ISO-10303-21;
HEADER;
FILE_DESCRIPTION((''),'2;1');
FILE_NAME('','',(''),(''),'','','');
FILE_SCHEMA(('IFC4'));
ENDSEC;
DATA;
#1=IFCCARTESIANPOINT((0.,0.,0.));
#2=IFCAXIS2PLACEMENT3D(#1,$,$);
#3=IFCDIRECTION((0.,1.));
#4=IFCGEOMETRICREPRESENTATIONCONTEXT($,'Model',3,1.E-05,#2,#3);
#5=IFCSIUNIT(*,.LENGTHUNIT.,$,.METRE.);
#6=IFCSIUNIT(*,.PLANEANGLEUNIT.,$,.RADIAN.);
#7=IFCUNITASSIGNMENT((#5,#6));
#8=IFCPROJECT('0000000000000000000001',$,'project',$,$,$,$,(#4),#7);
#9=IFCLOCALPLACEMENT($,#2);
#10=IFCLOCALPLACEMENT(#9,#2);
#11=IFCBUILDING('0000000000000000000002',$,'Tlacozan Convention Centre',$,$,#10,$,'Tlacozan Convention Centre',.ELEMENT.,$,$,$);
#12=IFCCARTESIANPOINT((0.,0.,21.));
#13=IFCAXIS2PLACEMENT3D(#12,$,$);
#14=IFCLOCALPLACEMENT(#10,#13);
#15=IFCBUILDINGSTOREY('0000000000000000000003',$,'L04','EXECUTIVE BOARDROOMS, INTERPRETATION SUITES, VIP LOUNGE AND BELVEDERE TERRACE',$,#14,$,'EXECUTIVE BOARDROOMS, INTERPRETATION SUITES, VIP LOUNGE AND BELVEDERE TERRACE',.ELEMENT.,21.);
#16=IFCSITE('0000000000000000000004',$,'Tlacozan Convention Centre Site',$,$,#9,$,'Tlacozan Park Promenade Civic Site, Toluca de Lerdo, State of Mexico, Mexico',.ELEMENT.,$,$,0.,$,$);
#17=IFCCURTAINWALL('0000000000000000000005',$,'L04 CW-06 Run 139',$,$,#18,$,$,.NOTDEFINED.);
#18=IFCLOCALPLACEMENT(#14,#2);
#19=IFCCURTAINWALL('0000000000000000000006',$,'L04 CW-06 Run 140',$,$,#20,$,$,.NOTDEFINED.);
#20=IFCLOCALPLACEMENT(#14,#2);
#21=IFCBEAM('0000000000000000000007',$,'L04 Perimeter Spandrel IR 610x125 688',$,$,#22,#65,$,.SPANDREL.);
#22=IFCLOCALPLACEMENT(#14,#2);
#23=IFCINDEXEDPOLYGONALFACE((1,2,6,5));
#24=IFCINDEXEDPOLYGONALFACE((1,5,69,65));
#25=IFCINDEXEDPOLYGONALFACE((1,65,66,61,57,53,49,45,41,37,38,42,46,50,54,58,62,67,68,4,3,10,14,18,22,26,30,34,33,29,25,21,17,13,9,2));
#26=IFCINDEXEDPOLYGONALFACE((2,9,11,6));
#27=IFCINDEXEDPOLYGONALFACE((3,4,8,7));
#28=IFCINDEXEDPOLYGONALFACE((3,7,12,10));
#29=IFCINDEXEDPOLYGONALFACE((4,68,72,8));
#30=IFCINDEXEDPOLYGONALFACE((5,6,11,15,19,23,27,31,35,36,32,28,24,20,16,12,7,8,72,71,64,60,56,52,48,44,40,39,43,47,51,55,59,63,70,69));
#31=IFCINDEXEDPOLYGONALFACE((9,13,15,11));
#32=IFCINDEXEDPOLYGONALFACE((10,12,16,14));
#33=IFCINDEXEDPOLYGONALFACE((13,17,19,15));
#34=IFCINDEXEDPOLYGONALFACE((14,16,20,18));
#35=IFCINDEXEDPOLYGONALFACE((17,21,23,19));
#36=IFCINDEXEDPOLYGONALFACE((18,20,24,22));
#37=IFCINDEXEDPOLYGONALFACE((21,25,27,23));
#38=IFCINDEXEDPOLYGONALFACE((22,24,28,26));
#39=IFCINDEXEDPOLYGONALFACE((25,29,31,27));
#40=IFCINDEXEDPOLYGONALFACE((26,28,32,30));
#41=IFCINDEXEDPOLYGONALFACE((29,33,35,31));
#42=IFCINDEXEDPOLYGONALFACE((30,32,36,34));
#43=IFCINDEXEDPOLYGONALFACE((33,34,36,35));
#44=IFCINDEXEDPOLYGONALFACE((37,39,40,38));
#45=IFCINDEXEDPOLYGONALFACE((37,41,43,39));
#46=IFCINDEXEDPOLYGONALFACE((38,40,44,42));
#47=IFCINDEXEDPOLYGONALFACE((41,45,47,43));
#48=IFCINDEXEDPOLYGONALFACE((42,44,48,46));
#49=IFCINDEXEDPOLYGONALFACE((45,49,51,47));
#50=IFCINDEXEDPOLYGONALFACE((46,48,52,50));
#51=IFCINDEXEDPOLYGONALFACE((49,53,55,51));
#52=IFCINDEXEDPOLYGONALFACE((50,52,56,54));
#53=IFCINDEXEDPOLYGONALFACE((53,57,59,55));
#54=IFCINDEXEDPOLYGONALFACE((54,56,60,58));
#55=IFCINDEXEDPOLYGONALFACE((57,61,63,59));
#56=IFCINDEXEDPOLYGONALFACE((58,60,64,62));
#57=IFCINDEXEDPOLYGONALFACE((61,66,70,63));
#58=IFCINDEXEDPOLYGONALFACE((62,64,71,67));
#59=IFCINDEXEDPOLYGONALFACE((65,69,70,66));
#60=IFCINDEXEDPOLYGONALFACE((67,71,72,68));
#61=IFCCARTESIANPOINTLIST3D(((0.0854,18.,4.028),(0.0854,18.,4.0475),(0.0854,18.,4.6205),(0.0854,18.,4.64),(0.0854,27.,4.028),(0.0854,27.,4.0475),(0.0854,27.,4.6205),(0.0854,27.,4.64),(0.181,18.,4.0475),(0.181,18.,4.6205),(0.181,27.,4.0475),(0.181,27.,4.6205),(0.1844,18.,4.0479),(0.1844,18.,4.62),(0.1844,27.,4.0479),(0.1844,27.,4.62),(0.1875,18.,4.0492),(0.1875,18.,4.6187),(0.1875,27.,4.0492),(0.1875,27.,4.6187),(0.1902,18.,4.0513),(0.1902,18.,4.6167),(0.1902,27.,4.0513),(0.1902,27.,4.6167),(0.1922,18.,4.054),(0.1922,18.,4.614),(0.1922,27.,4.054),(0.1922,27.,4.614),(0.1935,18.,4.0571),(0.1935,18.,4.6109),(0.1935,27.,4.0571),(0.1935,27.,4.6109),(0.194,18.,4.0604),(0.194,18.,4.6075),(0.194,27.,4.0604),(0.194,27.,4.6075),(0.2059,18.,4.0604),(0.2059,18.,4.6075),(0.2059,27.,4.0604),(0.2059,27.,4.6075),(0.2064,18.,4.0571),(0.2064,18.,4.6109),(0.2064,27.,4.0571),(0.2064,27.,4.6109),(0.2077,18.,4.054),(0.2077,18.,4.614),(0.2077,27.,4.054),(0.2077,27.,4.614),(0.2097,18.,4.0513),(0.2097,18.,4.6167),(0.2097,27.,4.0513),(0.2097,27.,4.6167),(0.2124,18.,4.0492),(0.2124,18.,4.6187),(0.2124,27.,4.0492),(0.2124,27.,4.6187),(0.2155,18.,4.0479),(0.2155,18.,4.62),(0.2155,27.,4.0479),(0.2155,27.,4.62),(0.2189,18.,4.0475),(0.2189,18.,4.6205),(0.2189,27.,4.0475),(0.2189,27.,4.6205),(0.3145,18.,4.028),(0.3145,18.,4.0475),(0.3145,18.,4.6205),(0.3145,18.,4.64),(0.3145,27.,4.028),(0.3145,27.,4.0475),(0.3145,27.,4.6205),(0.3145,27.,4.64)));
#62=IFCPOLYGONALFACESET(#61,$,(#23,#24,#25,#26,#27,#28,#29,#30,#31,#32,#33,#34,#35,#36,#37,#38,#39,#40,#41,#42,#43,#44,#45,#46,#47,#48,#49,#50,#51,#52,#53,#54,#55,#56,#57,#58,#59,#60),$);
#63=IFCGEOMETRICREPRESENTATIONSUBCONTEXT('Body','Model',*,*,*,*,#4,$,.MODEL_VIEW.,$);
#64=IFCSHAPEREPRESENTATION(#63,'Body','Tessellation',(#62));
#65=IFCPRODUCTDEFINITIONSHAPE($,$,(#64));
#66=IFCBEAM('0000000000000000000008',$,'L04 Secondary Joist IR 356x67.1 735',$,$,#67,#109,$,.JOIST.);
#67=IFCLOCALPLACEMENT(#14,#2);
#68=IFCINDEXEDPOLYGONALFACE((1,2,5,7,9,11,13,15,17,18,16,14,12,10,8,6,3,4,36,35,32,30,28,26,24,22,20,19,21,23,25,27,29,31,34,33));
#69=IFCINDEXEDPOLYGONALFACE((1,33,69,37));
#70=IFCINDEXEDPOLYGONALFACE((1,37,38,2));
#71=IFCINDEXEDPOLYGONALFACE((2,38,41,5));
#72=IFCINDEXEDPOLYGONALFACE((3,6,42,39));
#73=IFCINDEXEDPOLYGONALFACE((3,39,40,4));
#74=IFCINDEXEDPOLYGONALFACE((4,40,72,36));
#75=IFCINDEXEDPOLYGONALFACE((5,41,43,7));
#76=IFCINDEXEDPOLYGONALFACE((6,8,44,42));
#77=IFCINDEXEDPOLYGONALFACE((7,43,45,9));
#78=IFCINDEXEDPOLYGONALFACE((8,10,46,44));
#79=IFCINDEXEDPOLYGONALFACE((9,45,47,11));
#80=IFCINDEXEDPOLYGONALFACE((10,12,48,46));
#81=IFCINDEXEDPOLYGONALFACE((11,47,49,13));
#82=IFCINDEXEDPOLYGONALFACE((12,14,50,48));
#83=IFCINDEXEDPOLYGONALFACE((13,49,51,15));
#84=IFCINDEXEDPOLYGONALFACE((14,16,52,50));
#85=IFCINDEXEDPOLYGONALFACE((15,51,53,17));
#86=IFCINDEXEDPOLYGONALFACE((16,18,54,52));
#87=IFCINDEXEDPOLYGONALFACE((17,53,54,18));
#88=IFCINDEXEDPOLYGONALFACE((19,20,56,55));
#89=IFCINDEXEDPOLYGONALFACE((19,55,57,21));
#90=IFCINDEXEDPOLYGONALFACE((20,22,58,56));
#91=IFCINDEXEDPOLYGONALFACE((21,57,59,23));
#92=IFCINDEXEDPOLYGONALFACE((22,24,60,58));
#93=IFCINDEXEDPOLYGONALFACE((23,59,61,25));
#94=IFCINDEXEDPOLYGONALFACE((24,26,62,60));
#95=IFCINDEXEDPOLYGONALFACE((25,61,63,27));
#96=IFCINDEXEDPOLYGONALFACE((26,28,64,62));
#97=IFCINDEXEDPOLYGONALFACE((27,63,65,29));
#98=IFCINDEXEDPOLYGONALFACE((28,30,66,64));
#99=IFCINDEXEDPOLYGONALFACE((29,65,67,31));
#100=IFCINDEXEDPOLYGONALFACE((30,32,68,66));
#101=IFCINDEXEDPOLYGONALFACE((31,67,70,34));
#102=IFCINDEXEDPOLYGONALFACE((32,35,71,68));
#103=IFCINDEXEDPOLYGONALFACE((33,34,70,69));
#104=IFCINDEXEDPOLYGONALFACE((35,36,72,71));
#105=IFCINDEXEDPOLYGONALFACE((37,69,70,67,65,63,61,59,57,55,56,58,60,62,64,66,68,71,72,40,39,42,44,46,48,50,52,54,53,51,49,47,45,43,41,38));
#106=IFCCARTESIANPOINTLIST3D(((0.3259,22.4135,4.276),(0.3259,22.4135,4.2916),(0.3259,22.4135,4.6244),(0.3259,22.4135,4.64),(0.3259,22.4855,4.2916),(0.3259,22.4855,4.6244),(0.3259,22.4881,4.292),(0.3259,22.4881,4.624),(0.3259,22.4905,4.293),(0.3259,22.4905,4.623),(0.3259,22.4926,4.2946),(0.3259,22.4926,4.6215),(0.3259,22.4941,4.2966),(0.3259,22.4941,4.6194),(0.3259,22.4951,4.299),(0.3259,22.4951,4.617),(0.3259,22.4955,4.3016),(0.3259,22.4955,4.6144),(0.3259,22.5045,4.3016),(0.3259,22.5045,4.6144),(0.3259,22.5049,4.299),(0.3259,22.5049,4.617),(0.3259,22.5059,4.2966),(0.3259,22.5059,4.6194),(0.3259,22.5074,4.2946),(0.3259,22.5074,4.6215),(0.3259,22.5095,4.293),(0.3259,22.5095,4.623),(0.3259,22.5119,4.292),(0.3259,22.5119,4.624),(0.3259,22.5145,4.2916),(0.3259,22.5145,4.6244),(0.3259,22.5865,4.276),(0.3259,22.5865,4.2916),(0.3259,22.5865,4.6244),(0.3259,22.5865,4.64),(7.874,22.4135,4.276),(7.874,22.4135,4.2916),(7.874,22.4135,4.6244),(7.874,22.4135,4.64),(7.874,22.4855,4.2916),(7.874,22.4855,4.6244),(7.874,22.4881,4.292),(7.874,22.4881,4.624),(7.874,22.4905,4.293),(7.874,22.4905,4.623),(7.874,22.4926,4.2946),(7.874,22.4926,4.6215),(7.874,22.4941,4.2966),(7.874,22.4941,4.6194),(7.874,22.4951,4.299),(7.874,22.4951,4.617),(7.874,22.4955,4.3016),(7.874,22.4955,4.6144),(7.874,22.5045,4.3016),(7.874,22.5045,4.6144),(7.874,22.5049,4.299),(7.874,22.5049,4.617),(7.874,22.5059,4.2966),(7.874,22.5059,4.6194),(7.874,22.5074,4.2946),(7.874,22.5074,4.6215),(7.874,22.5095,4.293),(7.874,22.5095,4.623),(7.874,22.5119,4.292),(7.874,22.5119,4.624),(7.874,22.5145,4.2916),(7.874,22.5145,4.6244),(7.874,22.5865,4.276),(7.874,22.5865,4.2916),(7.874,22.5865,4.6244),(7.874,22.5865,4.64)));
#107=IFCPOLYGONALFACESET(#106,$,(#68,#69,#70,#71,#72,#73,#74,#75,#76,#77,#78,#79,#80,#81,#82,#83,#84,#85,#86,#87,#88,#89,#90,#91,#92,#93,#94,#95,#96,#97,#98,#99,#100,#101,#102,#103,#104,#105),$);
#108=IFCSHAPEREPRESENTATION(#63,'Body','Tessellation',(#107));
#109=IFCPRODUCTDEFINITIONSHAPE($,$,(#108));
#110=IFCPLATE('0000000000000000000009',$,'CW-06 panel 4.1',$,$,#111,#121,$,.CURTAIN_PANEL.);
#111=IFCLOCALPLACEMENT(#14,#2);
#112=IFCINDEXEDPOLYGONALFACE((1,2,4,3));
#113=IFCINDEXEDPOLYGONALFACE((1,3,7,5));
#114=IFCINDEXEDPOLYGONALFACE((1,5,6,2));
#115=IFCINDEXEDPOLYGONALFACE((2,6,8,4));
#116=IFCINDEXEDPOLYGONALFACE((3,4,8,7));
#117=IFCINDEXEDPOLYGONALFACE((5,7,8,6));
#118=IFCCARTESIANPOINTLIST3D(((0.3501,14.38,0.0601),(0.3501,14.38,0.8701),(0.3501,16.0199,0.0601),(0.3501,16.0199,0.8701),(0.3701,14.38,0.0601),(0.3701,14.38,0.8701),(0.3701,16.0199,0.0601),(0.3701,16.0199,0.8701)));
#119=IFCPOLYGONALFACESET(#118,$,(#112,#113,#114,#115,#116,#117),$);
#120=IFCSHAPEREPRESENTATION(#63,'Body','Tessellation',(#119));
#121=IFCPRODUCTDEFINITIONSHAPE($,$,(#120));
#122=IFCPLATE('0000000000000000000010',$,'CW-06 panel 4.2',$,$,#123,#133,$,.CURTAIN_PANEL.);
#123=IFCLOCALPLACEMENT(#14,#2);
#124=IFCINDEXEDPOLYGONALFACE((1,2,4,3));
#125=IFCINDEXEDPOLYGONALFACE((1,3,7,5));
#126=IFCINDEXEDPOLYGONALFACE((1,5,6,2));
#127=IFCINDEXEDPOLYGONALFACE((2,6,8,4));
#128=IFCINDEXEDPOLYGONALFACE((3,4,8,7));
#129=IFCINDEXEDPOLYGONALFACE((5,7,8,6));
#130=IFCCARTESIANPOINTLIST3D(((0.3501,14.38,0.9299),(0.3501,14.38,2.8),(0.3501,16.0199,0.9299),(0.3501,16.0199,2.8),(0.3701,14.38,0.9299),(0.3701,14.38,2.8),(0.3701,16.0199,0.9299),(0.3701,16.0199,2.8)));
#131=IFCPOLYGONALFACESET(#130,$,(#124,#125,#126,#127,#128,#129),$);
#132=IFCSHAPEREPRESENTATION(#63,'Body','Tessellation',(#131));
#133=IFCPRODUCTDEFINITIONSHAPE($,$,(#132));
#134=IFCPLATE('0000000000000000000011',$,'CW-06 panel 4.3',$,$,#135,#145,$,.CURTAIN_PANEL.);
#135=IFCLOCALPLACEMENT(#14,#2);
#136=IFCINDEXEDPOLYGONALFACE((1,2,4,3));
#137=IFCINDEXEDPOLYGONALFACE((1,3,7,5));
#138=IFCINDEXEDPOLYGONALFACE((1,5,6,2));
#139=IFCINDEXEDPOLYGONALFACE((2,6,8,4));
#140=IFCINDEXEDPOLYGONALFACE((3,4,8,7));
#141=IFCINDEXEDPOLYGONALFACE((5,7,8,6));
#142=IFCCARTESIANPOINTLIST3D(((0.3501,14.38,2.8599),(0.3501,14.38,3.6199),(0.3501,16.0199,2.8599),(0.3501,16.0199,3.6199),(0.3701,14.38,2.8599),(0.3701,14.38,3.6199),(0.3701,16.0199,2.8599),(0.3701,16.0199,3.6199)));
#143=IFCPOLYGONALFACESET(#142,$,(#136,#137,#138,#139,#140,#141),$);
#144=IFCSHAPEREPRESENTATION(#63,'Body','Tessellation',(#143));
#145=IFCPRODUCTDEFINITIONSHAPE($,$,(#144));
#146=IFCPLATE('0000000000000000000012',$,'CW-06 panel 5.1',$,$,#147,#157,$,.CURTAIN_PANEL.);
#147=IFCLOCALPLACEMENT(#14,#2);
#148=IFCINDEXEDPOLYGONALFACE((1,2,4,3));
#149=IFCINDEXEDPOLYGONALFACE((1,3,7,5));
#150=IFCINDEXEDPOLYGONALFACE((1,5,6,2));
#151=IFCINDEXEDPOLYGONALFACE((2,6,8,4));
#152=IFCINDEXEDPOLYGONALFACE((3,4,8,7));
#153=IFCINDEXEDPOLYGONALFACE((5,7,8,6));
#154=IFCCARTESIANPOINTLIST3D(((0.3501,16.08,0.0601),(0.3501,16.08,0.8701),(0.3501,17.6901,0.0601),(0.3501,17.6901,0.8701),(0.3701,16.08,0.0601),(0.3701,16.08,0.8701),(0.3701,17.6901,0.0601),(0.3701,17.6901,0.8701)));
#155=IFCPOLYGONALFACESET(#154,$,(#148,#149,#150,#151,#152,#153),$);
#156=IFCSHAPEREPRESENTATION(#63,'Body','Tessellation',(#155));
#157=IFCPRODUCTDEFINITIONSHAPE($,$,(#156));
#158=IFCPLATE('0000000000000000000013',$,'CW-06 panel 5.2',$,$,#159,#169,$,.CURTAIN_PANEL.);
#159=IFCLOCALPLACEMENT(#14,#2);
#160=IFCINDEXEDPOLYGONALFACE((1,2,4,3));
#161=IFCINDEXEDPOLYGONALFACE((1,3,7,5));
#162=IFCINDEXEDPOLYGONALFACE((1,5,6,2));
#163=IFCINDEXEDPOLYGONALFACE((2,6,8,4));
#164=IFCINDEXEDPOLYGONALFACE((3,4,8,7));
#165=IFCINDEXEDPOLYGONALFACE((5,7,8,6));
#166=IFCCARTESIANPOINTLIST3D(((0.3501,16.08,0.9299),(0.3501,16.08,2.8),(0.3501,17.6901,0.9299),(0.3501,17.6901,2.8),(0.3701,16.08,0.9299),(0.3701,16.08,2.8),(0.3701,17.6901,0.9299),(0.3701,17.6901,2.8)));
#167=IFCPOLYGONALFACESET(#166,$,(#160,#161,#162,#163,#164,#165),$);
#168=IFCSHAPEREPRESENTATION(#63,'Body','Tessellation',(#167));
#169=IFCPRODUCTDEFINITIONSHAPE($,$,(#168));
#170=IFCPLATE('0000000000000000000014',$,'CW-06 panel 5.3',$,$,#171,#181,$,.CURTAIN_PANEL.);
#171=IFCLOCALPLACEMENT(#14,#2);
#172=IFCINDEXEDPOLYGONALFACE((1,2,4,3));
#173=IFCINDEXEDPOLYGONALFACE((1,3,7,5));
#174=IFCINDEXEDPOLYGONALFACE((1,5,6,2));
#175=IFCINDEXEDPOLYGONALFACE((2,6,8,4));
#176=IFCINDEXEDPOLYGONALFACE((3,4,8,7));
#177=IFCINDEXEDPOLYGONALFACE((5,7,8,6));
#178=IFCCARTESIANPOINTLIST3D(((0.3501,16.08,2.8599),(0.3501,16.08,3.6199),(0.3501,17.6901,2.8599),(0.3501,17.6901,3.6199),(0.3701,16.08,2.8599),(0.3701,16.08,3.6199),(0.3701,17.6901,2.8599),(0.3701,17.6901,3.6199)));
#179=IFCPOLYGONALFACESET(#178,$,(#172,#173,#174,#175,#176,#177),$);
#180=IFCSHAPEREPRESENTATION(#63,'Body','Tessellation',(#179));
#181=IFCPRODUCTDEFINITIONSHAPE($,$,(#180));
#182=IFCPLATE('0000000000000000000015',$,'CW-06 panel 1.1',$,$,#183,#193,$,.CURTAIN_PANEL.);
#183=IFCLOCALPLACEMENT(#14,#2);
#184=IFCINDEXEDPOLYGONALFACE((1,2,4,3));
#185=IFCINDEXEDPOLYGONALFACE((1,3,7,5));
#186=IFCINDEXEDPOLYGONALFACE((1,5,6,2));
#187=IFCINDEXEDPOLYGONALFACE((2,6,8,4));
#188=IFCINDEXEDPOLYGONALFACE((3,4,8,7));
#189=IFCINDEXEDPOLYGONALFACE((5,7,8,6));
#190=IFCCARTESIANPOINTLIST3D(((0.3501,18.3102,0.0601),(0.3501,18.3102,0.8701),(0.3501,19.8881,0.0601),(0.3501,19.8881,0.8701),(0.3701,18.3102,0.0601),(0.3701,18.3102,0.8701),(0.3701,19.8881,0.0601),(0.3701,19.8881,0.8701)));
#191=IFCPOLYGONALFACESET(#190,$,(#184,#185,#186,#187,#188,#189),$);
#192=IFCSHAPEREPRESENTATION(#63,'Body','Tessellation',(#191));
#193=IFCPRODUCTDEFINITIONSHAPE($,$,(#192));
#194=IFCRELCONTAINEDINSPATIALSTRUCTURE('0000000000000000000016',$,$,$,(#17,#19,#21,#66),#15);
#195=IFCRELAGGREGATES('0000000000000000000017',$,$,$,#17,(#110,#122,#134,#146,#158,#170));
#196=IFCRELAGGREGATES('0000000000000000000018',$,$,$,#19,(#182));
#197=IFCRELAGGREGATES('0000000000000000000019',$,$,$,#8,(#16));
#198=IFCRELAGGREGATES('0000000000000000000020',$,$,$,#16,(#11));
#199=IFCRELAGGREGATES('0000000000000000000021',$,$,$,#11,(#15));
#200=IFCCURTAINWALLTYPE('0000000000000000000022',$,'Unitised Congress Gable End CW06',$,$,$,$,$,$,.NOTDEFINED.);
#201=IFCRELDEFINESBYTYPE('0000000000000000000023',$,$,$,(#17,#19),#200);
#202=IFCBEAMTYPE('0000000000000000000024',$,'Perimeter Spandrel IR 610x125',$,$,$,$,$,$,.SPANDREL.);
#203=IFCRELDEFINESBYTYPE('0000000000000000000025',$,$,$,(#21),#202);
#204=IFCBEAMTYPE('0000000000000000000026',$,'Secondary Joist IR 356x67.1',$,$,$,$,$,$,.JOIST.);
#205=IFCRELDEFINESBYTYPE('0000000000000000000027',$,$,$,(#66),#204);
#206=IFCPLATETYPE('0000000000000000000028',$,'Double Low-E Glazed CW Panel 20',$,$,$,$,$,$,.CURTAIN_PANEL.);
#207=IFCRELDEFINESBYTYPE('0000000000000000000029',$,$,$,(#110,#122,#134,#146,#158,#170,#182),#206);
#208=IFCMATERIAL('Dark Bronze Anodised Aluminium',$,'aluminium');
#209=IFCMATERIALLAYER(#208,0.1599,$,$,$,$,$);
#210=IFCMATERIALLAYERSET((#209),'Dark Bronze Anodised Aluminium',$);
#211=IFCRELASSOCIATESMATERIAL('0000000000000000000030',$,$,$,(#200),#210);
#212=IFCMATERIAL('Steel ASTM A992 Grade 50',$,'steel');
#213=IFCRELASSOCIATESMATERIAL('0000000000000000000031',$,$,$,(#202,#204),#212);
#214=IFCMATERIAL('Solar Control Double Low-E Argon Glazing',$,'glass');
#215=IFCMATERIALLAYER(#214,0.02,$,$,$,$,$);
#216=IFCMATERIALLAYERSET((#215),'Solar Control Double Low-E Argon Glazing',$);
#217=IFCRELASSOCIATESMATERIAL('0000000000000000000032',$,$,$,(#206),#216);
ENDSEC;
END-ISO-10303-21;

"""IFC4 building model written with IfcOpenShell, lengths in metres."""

from ifc_helpers import new_model, si_unit, direction, frame, origin, origin_2d, place, context, subcontext, project, spatial, rectangle, i_section, extrude, material, layer, layer_set, material_profile, profile_set, type_object, element, aggregate, save


model = new_model("IFC4")

# Units and contexts
model_context = context("Model", 3, precision=1e-05, world=origin(), true_north=direction((0.0, 1.0)))
body_context = subcontext(model_context, "Body", "Model", "MODEL_VIEW")
ifc_project = project(units=[si_unit("LENGTHUNIT", "METRE"), si_unit("PLANEANGLEUNIT", "RADIAN")], contexts=[model_context])

# Site, building, storey
site_placement = place(None, origin())
site = spatial("IfcSite", under=ifc_project, at=site_placement, Name="Tlacozan Convention Centre Site", LongName="Tlacozan Park Promenade Civic Site, Toluca de Lerdo, State of Mexico, Mexico", CompositionType="ELEMENT", RefElevation=0.0)
building_placement = place(site_placement, origin())
building = spatial("IfcBuilding", under=site, at=building_placement, Name="Tlacozan Convention Centre", LongName="Tlacozan Convention Centre", CompositionType="ELEMENT")
storey_placement = place(building_placement, frame((0.0, 0.0, 21.0)))
storey = spatial("IfcBuildingStorey", under=building, at=storey_placement, Name="L04", Description="EXECUTIVE BOARDROOMS, INTERPRETATION SUITES, VIP LOUNGE AND BELVEDERE TERRACE", LongName="EXECUTIVE BOARDROOMS, INTERPRETATION SUITES, VIP LOUNGE AND BELVEDERE TERRACE", CompositionType="ELEMENT", Elevation=21.0)

# Curtain walls
ifc_material_1 = material(Name="Dark Bronze Anodised Aluminium", Category="aluminium")
ifc_layer_1 = layer(ifc_material_1, 0.1599)
ifc_layer_set_1 = layer_set([ifc_layer_1], Name="Dark Bronze Anodised Aluminium")
curtain_wall_type = type_object("IfcCurtainWallType", Name="Unitised Congress Gable End CW06", PredefinedType="NOTDEFINED", material=ifc_layer_set_1)
curtain_wall_1_placement = place(storey_placement, origin())
curtain_wall_1 = element("IfcCurtainWall", 1, at=curtain_wall_1_placement, inside=storey, type_object=curtain_wall_type, Name="L04 CW-06 Run 139", PredefinedType="NOTDEFINED")
curtain_wall_2_placement = place(storey_placement, origin())
curtain_wall_2 = element("IfcCurtainWall", 2, at=curtain_wall_2_placement, inside=storey, type_object=curtain_wall_type, Name="L04 CW-06 Run 140", PredefinedType="NOTDEFINED")

# Beams
ifc_material_2 = material(Name="Steel ASTM A992 Grade 50", Category="steel")
ifc_material_profile_1 = material_profile(ifc_material_2, i_section(OverallWidth=0.229, OverallDepth=0.6121, WebThickness=0.012, FlangeThickness=0.0195, FilletRadius=0.0129, at=origin_2d()), Name="IR 610x125.0")
ifc_profile_set_1 = profile_set([ifc_material_profile_1], Name="Steel ASTM A992 Grade 50")
beam_type_1 = type_object("IfcBeamType", Name="Perimeter Spandrel IR 610x125", PredefinedType="SPANDREL", material=ifc_profile_set_1)
beam_1_placement = place(storey_placement, frame((0.2, 18.0, 4.334), z_axis=(0.0, 1.0, 0.0), x_axis=(-1.0, 0.0, 0.0)))
element("IfcBeam", 3, at=beam_1_placement, inside=storey, type_object=beam_type_1, Name="L04 Perimeter Spandrel IR 610x125 688", PredefinedType="SPANDREL", context=body_context, shape_type="SweptSolid", body=[
    extrude(i_section(OverallWidth=0.229, OverallDepth=0.6121, WebThickness=0.012, FlangeThickness=0.0195, FilletRadius=0.0129, at=origin_2d()), origin(), (0.0, 0.0, 1.0), 9.0),
])
ifc_material_profile_2 = material_profile(ifc_material_2, i_section(OverallWidth=0.1731, OverallDepth=0.364, WebThickness=0.009, FlangeThickness=0.0156, FilletRadius=0.01, at=origin_2d()), Name="IR 356x67.1")
ifc_profile_set_2 = profile_set([ifc_material_profile_2], Name="Steel ASTM A992 Grade 50")
beam_type_2 = type_object("IfcBeamType", Name="Secondary Joist IR 356x67.1", PredefinedType="JOIST", material=ifc_profile_set_2)
beam_2_placement = place(storey_placement, frame((0.3259, 22.5, 4.458), z_axis=(1.0, 0.0, 0.0), x_axis=(0.0, 1.0, 0.0)))
element("IfcBeam", 4, at=beam_2_placement, inside=storey, type_object=beam_type_2, Name="L04 Secondary Joist IR 356x67.1 735", PredefinedType="JOIST", context=body_context, shape_type="SweptSolid", body=[
    extrude(i_section(OverallWidth=0.1731, OverallDepth=0.364, WebThickness=0.009, FlangeThickness=0.0156, FilletRadius=0.01, at=origin_2d()), origin(), (0.0, 0.0, 1.0), 7.5481),
])

# Plates
ifc_material_3 = material(Name="Solar Control Double Low-E Argon Glazing", Category="glass")
ifc_layer_2 = layer(ifc_material_3, 0.02)
ifc_layer_set_2 = layer_set([ifc_layer_2], Name="Solar Control Double Low-E Argon Glazing")
plate_type = type_object("IfcPlateType", Name="Double Low-E Glazed CW Panel 20", PredefinedType="CURTAIN_PANEL", material=ifc_layer_set_2)
plate_1_placement = place(storey_placement, frame((0.3601, 15.2, 0.0601), z_axis=(0.0, 0.0, 1.0), x_axis=(0.0, 1.0, 0.0)))
plate_1 = element("IfcPlate", 5, at=plate_1_placement, type_object=plate_type, Name="CW-06 panel 4.1", PredefinedType="CURTAIN_PANEL", context=body_context, shape_type="SweptSolid", body=[
    extrude(rectangle(XDim=1.6399, YDim=0.02, at=origin_2d()), origin(), (0.0, 0.0, 1.0), 0.8101),
])
plate_2_placement = place(storey_placement, frame((0.3601, 15.2, 0.9299), z_axis=(0.0, 0.0, 1.0), x_axis=(0.0, 1.0, 0.0)))
plate_2 = element("IfcPlate", 6, at=plate_2_placement, type_object=plate_type, Name="CW-06 panel 4.2", PredefinedType="CURTAIN_PANEL", context=body_context, shape_type="SweptSolid", body=[
    extrude(rectangle(XDim=1.6399, YDim=0.02, at=origin_2d()), origin(), (0.0, 0.0, 1.0), 1.8701),
])
plate_3_placement = place(storey_placement, frame((0.3601, 15.2, 2.8599), z_axis=(0.0, 0.0, 1.0), x_axis=(0.0, 1.0, 0.0)))
plate_3 = element("IfcPlate", 7, at=plate_3_placement, type_object=plate_type, Name="CW-06 panel 4.3", PredefinedType="CURTAIN_PANEL", context=body_context, shape_type="SweptSolid", body=[
    extrude(rectangle(XDim=1.6399, YDim=0.02, at=origin_2d()), origin(), (0.0, 0.0, 1.0), 0.76),
])
plate_4_placement = place(storey_placement, frame((0.3601, 16.885, 0.0601), z_axis=(0.0, 0.0, 1.0), x_axis=(0.0, 1.0, 0.0)))
plate_4 = element("IfcPlate", 8, at=plate_4_placement, type_object=plate_type, Name="CW-06 panel 5.1", PredefinedType="CURTAIN_PANEL", context=body_context, shape_type="SweptSolid", body=[
    extrude(rectangle(XDim=1.6101, YDim=0.02, at=origin_2d()), origin(), (0.0, 0.0, 1.0), 0.8101),
])
plate_5_placement = place(storey_placement, frame((0.3601, 16.885, 0.9299), z_axis=(0.0, 0.0, 1.0), x_axis=(0.0, 1.0, 0.0)))
plate_5 = element("IfcPlate", 9, at=plate_5_placement, type_object=plate_type, Name="CW-06 panel 5.2", PredefinedType="CURTAIN_PANEL", context=body_context, shape_type="SweptSolid", body=[
    extrude(rectangle(XDim=1.6101, YDim=0.02, at=origin_2d()), origin(), (0.0, 0.0, 1.0), 1.8701),
])
plate_6_placement = place(storey_placement, frame((0.3601, 16.885, 2.8599), z_axis=(0.0, 0.0, 1.0), x_axis=(0.0, 1.0, 0.0)))
plate_6 = element("IfcPlate", 10, at=plate_6_placement, type_object=plate_type, Name="CW-06 panel 5.3", PredefinedType="CURTAIN_PANEL", context=body_context, shape_type="SweptSolid", body=[
    extrude(rectangle(XDim=1.6101, YDim=0.02, at=origin_2d()), origin(), (0.0, 0.0, 1.0), 0.76),
])
aggregate(curtain_wall_1, [plate_1, plate_2, plate_3, plate_4, plate_5, plate_6])
plate_7_placement = place(storey_placement, frame((0.3601, 19.0991, 0.0601), z_axis=(0.0, 0.0, 1.0), x_axis=(0.0, 1.0, 0.0)))
plate_7 = element("IfcPlate", 11, at=plate_7_placement, type_object=plate_type, Name="CW-06 panel 1.1", PredefinedType="CURTAIN_PANEL", context=body_context, shape_type="SweptSolid", body=[
    extrude(rectangle(XDim=1.5779, YDim=0.02, at=origin_2d()), origin(), (0.0, 0.0, 1.0), 0.8101),
])
aggregate(curtain_wall_2, [plate_7])

save(model, "model.ifc")
